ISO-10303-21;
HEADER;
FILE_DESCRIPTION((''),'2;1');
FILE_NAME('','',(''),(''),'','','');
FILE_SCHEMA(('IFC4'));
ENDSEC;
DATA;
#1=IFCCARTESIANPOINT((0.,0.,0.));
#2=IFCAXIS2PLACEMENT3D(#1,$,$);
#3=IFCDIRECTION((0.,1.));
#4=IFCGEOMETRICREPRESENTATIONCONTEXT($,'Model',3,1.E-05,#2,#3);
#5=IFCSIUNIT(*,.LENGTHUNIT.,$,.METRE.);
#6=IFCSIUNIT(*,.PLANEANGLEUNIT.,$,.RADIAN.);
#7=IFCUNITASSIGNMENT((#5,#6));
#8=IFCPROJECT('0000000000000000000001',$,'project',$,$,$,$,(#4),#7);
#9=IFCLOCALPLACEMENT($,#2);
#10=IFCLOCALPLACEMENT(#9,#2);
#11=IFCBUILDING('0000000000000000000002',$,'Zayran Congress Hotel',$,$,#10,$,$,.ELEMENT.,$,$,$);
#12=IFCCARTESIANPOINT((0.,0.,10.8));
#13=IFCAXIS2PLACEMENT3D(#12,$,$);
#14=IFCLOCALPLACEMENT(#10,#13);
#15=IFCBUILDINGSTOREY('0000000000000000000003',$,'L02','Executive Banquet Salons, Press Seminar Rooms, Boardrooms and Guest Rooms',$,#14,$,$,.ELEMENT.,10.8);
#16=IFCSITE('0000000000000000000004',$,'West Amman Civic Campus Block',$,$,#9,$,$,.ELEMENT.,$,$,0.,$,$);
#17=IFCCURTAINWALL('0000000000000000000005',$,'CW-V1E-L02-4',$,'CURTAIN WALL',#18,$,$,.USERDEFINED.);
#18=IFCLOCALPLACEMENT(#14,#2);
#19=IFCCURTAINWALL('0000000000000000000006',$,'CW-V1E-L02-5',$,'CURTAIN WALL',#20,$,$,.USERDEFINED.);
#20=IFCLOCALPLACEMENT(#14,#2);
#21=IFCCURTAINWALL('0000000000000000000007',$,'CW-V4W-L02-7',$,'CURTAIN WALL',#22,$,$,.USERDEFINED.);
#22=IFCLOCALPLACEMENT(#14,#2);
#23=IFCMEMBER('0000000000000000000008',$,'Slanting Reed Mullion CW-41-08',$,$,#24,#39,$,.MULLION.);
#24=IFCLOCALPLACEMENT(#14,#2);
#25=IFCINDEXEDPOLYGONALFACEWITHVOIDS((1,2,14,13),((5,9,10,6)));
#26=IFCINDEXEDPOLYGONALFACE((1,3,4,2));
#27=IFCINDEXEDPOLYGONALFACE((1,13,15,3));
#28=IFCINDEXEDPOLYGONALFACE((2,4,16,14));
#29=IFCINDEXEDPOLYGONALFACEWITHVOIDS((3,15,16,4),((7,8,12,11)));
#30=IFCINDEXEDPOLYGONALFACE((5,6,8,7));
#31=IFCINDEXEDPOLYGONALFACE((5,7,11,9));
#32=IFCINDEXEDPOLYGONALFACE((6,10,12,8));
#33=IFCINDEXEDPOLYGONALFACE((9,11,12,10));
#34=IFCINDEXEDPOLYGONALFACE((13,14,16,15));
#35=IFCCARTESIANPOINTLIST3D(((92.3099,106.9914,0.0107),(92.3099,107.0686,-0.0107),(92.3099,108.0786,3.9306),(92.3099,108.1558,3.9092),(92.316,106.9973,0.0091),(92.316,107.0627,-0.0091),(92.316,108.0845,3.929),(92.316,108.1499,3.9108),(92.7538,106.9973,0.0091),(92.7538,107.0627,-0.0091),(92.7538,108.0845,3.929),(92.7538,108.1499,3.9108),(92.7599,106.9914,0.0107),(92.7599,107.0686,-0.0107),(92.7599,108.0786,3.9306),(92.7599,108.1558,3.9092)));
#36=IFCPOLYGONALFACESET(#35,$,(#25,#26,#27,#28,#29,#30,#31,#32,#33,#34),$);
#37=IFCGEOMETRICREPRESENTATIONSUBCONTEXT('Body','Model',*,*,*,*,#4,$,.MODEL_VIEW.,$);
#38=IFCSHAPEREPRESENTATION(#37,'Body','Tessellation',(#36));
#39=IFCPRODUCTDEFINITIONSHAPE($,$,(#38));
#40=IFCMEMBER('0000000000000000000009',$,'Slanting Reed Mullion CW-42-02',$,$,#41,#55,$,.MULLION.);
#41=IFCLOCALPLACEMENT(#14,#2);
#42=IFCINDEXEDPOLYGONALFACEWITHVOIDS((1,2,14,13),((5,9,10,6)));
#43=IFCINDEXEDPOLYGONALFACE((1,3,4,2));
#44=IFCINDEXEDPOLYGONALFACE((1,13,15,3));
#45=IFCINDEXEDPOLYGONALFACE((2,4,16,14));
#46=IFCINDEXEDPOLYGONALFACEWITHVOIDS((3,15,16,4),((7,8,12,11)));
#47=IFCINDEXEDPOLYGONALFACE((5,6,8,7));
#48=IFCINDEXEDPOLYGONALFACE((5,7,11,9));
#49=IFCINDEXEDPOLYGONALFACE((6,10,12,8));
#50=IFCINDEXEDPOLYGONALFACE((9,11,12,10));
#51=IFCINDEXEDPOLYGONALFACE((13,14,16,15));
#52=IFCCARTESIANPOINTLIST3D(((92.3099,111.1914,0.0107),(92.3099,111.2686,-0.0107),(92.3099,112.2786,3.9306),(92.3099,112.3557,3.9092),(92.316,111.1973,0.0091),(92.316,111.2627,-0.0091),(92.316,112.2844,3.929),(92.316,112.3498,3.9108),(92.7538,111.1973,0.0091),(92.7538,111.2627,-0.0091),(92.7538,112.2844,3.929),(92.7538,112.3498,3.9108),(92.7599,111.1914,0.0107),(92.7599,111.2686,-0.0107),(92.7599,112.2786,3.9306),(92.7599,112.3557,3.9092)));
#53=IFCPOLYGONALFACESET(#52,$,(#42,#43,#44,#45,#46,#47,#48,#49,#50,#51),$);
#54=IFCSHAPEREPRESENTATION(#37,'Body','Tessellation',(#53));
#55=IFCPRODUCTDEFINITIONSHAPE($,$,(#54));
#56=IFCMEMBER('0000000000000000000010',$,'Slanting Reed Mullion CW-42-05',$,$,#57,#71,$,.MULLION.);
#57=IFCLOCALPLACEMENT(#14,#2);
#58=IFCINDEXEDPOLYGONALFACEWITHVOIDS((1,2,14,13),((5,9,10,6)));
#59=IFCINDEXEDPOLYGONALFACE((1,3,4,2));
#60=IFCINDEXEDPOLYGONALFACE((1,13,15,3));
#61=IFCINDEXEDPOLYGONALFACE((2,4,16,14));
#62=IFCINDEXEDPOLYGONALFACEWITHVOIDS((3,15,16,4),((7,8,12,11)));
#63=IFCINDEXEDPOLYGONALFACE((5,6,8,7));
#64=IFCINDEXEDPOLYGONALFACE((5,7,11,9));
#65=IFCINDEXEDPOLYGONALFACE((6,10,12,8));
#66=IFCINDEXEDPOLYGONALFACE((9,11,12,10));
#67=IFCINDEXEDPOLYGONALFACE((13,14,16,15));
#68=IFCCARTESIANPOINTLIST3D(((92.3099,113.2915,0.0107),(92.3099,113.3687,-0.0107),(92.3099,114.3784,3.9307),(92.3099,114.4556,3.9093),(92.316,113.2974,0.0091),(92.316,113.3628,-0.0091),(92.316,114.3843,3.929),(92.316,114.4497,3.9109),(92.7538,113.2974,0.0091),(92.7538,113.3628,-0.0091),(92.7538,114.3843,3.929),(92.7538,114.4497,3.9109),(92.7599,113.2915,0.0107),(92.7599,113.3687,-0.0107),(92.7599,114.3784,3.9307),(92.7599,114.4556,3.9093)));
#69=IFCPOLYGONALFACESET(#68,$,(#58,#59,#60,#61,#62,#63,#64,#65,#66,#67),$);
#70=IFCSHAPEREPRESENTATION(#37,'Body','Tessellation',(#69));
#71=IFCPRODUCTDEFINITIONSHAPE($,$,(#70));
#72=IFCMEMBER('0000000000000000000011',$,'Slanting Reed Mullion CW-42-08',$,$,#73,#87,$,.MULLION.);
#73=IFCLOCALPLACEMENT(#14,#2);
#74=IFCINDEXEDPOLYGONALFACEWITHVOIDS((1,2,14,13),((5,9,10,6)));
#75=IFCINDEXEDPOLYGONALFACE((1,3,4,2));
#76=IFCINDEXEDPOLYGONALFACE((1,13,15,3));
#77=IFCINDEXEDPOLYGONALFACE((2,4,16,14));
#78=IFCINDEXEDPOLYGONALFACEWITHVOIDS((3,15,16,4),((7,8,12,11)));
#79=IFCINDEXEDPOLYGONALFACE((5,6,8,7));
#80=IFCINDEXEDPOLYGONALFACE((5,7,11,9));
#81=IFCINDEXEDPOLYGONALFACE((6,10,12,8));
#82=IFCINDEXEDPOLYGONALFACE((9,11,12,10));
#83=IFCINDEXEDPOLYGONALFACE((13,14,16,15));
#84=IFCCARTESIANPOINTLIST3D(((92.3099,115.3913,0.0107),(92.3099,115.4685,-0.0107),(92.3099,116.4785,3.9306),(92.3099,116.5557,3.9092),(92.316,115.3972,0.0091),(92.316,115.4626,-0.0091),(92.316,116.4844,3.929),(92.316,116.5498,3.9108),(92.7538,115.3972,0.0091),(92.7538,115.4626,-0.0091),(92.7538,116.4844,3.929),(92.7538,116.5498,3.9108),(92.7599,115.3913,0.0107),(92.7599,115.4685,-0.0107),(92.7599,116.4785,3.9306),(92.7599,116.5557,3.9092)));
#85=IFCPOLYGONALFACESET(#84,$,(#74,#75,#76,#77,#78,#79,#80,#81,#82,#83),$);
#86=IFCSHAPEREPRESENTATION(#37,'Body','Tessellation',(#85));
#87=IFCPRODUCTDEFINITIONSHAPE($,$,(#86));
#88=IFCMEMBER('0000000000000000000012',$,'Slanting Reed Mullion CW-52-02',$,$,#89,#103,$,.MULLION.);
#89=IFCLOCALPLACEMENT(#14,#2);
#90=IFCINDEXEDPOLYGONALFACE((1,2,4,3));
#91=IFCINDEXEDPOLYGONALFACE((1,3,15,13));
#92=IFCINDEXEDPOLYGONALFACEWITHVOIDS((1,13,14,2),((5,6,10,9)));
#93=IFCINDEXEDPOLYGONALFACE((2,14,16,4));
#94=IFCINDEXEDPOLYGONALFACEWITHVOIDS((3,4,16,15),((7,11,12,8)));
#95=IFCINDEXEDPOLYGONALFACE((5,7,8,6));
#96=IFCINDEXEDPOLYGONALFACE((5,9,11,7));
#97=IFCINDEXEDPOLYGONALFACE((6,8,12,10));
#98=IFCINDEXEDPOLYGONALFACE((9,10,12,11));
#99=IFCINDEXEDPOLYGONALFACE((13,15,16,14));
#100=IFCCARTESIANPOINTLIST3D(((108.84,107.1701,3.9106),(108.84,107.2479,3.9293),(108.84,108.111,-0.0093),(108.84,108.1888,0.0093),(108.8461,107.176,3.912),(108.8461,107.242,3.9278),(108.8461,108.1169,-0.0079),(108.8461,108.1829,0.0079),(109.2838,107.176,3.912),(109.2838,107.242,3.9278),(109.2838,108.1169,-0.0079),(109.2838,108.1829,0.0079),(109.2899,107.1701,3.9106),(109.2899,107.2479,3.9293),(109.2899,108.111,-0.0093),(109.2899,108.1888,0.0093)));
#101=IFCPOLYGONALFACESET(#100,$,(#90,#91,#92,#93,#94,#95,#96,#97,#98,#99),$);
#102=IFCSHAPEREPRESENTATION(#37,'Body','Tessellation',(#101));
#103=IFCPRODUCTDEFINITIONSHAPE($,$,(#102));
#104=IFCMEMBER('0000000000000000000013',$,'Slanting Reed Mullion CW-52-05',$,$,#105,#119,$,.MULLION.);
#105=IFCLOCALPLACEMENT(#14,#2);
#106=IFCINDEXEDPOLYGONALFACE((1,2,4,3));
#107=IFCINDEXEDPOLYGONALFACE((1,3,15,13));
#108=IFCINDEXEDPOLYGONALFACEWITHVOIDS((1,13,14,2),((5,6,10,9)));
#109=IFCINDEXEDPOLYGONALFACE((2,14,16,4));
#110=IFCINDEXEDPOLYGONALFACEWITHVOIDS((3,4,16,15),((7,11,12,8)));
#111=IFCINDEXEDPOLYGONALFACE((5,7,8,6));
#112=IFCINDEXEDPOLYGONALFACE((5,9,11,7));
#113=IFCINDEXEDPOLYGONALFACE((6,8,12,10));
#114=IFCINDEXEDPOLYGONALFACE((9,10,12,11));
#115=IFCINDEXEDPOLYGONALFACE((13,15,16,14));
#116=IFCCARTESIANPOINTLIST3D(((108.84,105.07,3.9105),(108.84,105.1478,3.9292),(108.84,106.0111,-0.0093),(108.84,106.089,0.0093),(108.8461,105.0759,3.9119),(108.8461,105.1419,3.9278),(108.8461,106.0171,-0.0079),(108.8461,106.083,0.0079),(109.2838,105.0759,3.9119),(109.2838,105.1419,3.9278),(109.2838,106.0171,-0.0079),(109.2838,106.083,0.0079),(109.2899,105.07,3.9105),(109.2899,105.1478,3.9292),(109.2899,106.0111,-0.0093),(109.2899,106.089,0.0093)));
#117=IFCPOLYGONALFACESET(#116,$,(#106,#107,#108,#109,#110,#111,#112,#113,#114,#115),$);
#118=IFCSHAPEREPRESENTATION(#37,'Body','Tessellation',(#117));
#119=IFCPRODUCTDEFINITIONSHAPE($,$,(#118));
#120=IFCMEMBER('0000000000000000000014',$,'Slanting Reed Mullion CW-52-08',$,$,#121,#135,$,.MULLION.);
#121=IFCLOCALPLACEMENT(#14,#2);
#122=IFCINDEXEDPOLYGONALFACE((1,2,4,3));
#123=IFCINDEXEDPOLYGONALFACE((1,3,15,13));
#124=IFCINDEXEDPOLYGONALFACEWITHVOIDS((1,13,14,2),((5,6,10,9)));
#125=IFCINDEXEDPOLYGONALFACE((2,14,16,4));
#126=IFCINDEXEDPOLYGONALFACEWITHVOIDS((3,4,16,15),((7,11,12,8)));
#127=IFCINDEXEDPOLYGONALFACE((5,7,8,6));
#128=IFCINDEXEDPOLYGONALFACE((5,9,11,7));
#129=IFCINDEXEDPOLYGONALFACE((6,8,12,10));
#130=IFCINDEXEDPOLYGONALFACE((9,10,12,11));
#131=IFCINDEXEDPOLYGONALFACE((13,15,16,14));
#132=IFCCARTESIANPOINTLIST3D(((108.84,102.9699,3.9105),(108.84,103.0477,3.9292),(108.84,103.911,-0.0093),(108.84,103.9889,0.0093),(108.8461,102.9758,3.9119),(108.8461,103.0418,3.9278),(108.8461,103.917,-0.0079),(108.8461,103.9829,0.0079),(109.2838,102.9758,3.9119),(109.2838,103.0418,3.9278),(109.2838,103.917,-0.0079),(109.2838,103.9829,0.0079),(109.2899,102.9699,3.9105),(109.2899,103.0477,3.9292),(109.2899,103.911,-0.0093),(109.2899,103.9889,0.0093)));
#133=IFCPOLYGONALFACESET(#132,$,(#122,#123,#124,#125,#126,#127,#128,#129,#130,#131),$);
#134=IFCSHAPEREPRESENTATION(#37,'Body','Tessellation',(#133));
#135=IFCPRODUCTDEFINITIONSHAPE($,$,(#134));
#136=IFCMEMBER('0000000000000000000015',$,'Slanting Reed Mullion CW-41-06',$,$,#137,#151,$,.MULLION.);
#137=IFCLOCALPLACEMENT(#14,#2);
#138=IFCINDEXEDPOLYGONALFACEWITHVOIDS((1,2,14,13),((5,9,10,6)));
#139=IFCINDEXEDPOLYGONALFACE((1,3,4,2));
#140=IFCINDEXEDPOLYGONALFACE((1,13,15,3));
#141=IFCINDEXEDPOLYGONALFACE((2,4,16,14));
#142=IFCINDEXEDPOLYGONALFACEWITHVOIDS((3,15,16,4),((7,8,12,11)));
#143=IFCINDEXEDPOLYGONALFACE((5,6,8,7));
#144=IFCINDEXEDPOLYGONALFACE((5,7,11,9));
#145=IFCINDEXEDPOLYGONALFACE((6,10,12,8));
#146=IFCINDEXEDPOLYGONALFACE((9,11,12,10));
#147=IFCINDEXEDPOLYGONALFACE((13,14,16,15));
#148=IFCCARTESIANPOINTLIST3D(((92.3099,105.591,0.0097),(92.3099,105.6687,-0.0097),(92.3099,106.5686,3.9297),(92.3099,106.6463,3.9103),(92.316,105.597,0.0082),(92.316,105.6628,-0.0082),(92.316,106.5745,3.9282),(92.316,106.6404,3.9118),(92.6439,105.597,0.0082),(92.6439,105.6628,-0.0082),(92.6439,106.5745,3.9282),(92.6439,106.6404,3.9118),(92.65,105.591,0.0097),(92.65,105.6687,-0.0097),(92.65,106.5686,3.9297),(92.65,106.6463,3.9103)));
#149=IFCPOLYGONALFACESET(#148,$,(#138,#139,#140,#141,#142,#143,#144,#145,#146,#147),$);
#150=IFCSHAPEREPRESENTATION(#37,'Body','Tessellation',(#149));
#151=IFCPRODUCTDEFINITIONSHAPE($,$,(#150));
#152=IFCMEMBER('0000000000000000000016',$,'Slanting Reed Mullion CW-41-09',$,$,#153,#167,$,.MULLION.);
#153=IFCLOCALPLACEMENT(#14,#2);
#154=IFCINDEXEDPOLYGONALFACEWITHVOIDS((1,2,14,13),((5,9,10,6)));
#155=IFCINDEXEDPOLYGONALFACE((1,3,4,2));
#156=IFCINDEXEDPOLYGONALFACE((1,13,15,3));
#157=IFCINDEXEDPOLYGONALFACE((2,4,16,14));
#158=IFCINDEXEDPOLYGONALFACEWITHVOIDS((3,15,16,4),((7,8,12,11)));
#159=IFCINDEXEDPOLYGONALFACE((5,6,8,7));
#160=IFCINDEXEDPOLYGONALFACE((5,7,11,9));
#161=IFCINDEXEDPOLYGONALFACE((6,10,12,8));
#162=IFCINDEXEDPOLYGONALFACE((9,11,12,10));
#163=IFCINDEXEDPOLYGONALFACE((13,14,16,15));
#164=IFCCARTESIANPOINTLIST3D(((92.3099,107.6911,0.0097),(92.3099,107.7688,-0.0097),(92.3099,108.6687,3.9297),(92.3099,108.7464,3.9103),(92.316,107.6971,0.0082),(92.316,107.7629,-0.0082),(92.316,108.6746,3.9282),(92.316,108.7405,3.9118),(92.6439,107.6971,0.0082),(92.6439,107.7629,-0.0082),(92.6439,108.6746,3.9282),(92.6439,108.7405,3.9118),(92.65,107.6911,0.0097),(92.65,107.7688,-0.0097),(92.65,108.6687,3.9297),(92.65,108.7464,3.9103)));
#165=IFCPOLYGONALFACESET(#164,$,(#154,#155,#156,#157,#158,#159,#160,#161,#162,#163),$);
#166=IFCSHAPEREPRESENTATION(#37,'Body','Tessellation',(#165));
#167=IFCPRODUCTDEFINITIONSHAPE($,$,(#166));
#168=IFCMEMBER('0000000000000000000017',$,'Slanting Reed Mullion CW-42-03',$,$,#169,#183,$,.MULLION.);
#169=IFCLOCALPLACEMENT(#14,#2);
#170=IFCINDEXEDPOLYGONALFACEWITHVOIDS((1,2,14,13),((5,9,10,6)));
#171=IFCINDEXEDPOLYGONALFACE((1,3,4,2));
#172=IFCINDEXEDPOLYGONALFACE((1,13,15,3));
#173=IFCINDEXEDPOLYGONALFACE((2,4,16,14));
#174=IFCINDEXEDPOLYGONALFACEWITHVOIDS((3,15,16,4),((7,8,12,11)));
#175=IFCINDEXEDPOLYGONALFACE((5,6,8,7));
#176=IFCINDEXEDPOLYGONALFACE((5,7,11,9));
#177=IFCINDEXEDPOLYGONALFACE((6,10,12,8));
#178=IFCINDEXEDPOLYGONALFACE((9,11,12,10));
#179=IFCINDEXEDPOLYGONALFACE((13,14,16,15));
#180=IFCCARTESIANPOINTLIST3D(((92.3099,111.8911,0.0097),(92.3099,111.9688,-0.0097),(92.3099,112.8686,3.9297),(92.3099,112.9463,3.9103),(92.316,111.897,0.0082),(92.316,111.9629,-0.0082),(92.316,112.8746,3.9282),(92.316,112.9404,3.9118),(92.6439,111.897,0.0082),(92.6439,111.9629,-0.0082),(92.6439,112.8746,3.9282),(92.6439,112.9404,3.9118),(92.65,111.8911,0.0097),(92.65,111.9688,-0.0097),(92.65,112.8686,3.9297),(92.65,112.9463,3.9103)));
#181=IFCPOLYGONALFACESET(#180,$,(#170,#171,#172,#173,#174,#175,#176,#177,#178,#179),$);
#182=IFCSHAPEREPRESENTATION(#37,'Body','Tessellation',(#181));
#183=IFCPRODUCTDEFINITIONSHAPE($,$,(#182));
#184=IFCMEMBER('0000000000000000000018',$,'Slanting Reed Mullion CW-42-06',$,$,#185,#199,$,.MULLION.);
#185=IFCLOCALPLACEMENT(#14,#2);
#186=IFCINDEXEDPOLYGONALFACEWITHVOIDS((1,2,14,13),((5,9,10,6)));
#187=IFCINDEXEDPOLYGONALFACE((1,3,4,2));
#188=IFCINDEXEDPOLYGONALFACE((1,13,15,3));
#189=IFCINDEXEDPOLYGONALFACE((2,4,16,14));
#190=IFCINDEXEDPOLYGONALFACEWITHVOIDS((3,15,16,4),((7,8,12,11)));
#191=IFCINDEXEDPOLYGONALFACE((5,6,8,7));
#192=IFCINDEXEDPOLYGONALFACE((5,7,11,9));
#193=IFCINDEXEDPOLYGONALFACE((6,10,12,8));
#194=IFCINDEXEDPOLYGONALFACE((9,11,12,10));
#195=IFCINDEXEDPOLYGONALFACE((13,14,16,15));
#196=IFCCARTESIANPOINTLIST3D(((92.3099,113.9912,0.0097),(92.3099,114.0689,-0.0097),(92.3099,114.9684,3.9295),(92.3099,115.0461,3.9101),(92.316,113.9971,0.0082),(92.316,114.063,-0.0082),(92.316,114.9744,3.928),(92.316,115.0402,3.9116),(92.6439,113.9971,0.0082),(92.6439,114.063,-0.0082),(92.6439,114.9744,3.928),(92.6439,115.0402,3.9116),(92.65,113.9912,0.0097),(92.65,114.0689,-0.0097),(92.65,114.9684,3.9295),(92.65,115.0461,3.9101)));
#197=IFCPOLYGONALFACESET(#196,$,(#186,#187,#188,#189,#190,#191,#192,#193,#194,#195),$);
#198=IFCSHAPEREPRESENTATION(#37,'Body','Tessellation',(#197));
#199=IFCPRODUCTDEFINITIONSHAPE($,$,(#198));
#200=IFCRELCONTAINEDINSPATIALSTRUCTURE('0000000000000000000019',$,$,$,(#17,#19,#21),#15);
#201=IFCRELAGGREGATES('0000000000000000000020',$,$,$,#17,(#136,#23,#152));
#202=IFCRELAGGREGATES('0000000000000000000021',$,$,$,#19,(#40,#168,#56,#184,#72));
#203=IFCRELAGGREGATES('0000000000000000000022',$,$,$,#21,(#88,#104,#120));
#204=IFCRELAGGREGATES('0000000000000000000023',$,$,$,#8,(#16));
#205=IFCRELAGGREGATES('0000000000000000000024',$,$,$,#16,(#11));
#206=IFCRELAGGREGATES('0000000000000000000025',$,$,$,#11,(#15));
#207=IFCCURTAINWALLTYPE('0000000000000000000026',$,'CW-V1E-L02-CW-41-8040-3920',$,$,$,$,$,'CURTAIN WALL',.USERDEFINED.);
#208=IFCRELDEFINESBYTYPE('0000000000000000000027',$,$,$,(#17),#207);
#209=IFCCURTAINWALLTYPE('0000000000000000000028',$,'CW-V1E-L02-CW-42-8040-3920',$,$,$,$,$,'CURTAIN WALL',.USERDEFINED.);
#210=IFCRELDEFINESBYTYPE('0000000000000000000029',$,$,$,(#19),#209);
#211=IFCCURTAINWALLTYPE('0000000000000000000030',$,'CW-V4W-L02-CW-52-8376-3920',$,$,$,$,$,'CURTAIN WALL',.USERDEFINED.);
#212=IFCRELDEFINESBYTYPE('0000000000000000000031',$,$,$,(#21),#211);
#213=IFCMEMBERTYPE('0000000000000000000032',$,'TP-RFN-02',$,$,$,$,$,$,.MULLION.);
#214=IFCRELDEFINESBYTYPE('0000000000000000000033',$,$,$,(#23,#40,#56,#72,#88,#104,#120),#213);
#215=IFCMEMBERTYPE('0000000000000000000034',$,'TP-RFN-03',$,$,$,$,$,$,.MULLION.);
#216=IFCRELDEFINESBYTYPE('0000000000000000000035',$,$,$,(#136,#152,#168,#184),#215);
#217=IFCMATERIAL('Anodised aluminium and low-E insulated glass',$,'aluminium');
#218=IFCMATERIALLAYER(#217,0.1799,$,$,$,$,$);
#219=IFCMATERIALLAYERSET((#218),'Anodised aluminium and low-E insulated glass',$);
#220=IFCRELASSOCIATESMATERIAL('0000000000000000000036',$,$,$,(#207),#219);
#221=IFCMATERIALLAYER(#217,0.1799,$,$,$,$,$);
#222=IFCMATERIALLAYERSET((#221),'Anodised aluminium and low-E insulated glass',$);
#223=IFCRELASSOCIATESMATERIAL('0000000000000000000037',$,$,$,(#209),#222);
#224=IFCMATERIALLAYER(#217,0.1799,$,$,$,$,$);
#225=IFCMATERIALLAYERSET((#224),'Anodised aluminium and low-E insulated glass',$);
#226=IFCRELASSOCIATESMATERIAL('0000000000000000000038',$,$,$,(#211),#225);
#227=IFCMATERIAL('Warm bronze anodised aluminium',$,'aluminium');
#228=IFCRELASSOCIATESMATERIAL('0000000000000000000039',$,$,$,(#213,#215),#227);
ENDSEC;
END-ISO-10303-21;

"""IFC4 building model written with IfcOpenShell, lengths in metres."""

from ifc_helpers import new_model, si_unit, direction, frame, origin, origin_2d, place, context, subcontext, project, spatial, hollow_rectangle, extrude, material, layer, layer_set, material_profile, profile_set, type_object, element, aggregate, save


model = new_model("IFC4")

# Units and contexts
model_context = context("Model", 3, precision=1e-05, world=origin(), true_north=direction((0.0, 1.0)))
body_context = subcontext(model_context, "Body", "Model", "MODEL_VIEW")
ifc_project = project(units=[si_unit("LENGTHUNIT", "METRE"), si_unit("PLANEANGLEUNIT", "RADIAN")], contexts=[model_context])

# Site, building, storey
site_placement = place(None, origin())
site = spatial("IfcSite", under=ifc_project, at=site_placement, Name="West Amman Civic Campus Block", CompositionType="ELEMENT", RefElevation=0.0)
building_placement = place(site_placement, origin())
building = spatial("IfcBuilding", under=site, at=building_placement, Name="Zayran Congress Hotel", CompositionType="ELEMENT")
storey_placement = place(building_placement, frame((0.0, 0.0, 10.8)))
storey = spatial("IfcBuildingStorey", under=building, at=storey_placement, Name="L02", Description="Executive Banquet Salons, Press Seminar Rooms, Boardrooms and Guest Rooms", CompositionType="ELEMENT", Elevation=10.8)

# Curtain walls
ifc_material_1 = material(Name="Anodised aluminium and low-E insulated glass", Category="aluminium")
ifc_layer_1 = layer(ifc_material_1, 0.1799)
ifc_layer_set_1 = layer_set([ifc_layer_1], Name="Anodised aluminium and low-E insulated glass")
curtain_wall_type_1 = type_object("IfcCurtainWallType", Name="CW-V1E-L02-CW-41-8040-3920", ElementType="CURTAIN WALL", PredefinedType="USERDEFINED", material=ifc_layer_set_1)
curtain_wall_1_placement = place(storey_placement, origin())
curtain_wall_1 = element("IfcCurtainWall", 1, at=curtain_wall_1_placement, inside=storey, type_object=curtain_wall_type_1, Name="CW-V1E-L02-4", ObjectType="CURTAIN WALL", PredefinedType="USERDEFINED")
ifc_material_2 = material(Name="Warm bronze anodised aluminium", Category="aluminium")
ifc_layer_2 = layer(ifc_material_1, 0.1799)
ifc_layer_set_2 = layer_set([ifc_layer_2], Name="Anodised aluminium and low-E insulated glass")
curtain_wall_type_2 = type_object("IfcCurtainWallType", Name="CW-V1E-L02-CW-42-8040-3920", ElementType="CURTAIN WALL", PredefinedType="USERDEFINED", material=ifc_layer_set_2)
curtain_wall_2_placement = place(storey_placement, origin())
curtain_wall_2 = element("IfcCurtainWall", 2, at=curtain_wall_2_placement, inside=storey, type_object=curtain_wall_type_2, Name="CW-V1E-L02-5", ObjectType="CURTAIN WALL", PredefinedType="USERDEFINED")
ifc_layer_3 = layer(ifc_material_1, 0.1799)
ifc_layer_set_3 = layer_set([ifc_layer_3], Name="Anodised aluminium and low-E insulated glass")
curtain_wall_type_3 = type_object("IfcCurtainWallType", Name="CW-V4W-L02-CW-52-8376-3920", ElementType="CURTAIN WALL", PredefinedType="USERDEFINED", material=ifc_layer_set_3)
curtain_wall_3_placement = place(storey_placement, origin())
curtain_wall_3 = element("IfcCurtainWall", 3, at=curtain_wall_3_placement, inside=storey, type_object=curtain_wall_type_3, Name="CW-V4W-L02-7", ObjectType="CURTAIN WALL", PredefinedType="USERDEFINED")

# Members
ifc_material_profile_1 = material_profile(ifc_material_2, hollow_rectangle(XDim=0.0801, YDim=0.45, WallThickness=0.0061, at=origin_2d()), Name="RHS 450x80x6")
ifc_profile_set_1 = profile_set([ifc_material_profile_1], Name="Warm bronze anodised aluminium")
member_type_1 = type_object("IfcMemberType", Name="TP-RFN-02", PredefinedType="MULLION", material=ifc_profile_set_1)
member_1_placement = place(storey_placement, frame((92.5349, 107.03, 0.0), z_axis=(0.0, 0.267254, 0.963626), x_axis=(0.0, -0.963626, 0.267254)))
member_1 = element("IfcMember", 4, at=member_1_placement, type_object=member_type_1, Name="Slanting Reed Mullion CW-41-08", PredefinedType="MULLION", context=body_context, shape_type="SweptSolid", body=[
    extrude(hollow_rectangle(XDim=0.0801, YDim=0.45, WallThickness=0.0061, at=origin_2d()), origin(), (0.0, 0.0, 1.0), 4.0679),
])
member_2_placement = place(storey_placement, frame((92.5349, 111.23, 0.0), z_axis=(0.0, 0.267254, 0.963626), x_axis=(0.0, -0.963626, 0.267254)))
member_2 = element("IfcMember", 5, at=member_2_placement, type_object=member_type_1, Name="Slanting Reed Mullion CW-42-02", PredefinedType="MULLION", context=body_context, shape_type="SweptSolid", body=[
    extrude(hollow_rectangle(XDim=0.0801, YDim=0.45, WallThickness=0.0061, at=origin_2d()), origin(), (0.0, 0.0, 1.0), 4.0679),
])
member_3_placement = place(storey_placement, frame((92.5349, 113.3301, 0.0), z_axis=(0.0, 0.267198, 0.963642), x_axis=(0.0, -0.963642, 0.267198)))
member_3 = element("IfcMember", 6, at=member_3_placement, type_object=member_type_1, Name="Slanting Reed Mullion CW-42-05", PredefinedType="MULLION", context=body_context, shape_type="SweptSolid", body=[
    extrude(hollow_rectangle(XDim=0.0801, YDim=0.45, WallThickness=0.0061, at=origin_2d()), origin(), (0.0, 0.0, 1.0), 4.0679),
])
member_4_placement = place(storey_placement, frame((92.5349, 115.4299, 0.0), z_axis=(0.0, 0.267254, 0.963626), x_axis=(0.0, -0.963626, 0.267254)))
member_4 = element("IfcMember", 7, at=member_4_placement, type_object=member_type_1, Name="Slanting Reed Mullion CW-42-08", PredefinedType="MULLION", context=body_context, shape_type="SweptSolid", body=[
    extrude(hollow_rectangle(XDim=0.0801, YDim=0.45, WallThickness=0.0061, at=origin_2d()), origin(), (0.0, 0.0, 1.0), 4.0679),
])
member_5_placement = place(storey_placement, frame((109.0649, 108.1499, 0.0), z_axis=(0.0, -0.233405, 0.97238), x_axis=(0.0, 0.97238, 0.233405)))
member_5 = element("IfcMember", 8, at=member_5_placement, type_object=member_type_1, Name="Slanting Reed Mullion CW-52-02", PredefinedType="MULLION", context=body_context, shape_type="SweptSolid", body=[
    extrude(hollow_rectangle(XDim=0.0801, YDim=0.45, WallThickness=0.0061, at=origin_2d()), origin(), (0.0, 0.0, 1.0), 4.0312),
])
member_6_placement = place(storey_placement, frame((109.0649, 106.05, 0.0), z_axis=(0.0, -0.233462, 0.972366), x_axis=(0.0, 0.972366, 0.233462)))
member_6 = element("IfcMember", 9, at=member_6_placement, type_object=member_type_1, Name="Slanting Reed Mullion CW-52-05", PredefinedType="MULLION", context=body_context, shape_type="SweptSolid", body=[
    extrude(hollow_rectangle(XDim=0.0801, YDim=0.45, WallThickness=0.0061, at=origin_2d()), origin(), (0.0, 0.0, 1.0), 4.0312),
])
member_7_placement = place(storey_placement, frame((109.0649, 103.95, 0.0), z_axis=(0.0, -0.233462, 0.972366), x_axis=(0.0, 0.972366, 0.233462)))
member_7 = element("IfcMember", 10, at=member_7_placement, type_object=member_type_1, Name="Slanting Reed Mullion CW-52-08", PredefinedType="MULLION", context=body_context, shape_type="SweptSolid", body=[
    extrude(hollow_rectangle(XDim=0.0801, YDim=0.45, WallThickness=0.0061, at=origin_2d()), origin(), (0.0, 0.0, 1.0), 4.0312),
])
ifc_material_profile_2 = material_profile(ifc_material_2, hollow_rectangle(XDim=0.0801, YDim=0.3401, WallThickness=0.0061, at=origin_2d()), Name="RHS 340x80x6")
ifc_profile_set_2 = profile_set([ifc_material_profile_2], Name="Warm bronze anodised aluminium")
member_type_2 = type_object("IfcMemberType", Name="TP-RFN-03", PredefinedType="MULLION", material=ifc_profile_set_2)
member_8_placement = place(storey_placement, frame((92.48, 105.6299, 0.0), z_axis=(0.0, 0.241967, 0.970285), x_axis=(0.0, -0.970285, 0.241967)))
member_8 = element("IfcMember", 11, at=member_8_placement, type_object=member_type_2, Name="Slanting Reed Mullion CW-41-06", PredefinedType="MULLION", context=body_context, shape_type="SweptSolid", body=[
    extrude(hollow_rectangle(XDim=0.0801, YDim=0.3401, WallThickness=0.0061, at=origin_2d()), origin(), (0.0, 0.0, 1.0), 4.04),
])
member_9_placement = place(storey_placement, frame((92.48, 107.73, 0.0), z_axis=(0.0, 0.241967, 0.970285), x_axis=(0.0, -0.970285, 0.241967)))
member_9 = element("IfcMember", 12, at=member_9_placement, type_object=member_type_2, Name="Slanting Reed Mullion CW-41-09", PredefinedType="MULLION", context=body_context, shape_type="SweptSolid", body=[
    extrude(hollow_rectangle(XDim=0.0801, YDim=0.3401, WallThickness=0.0061, at=origin_2d()), origin(), (0.0, 0.0, 1.0), 4.04),
])
aggregate(curtain_wall_1, [member_8, member_1, member_9])
member_10_placement = place(storey_placement, frame((92.48, 111.9299, 0.0), z_axis=(0.0, 0.241967, 0.970285), x_axis=(0.0, -0.970285, 0.241967)))
member_10 = element("IfcMember", 13, at=member_10_placement, type_object=member_type_2, Name="Slanting Reed Mullion CW-42-03", PredefinedType="MULLION", context=body_context, shape_type="SweptSolid", body=[
    extrude(hollow_rectangle(XDim=0.0801, YDim=0.3401, WallThickness=0.0061, at=origin_2d()), origin(), (0.0, 0.0, 1.0), 4.04),
])
member_11_placement = place(storey_placement, frame((92.48, 114.03, 0.0), z_axis=(0.0, 0.24191, 0.970299), x_axis=(0.0, -0.970299, 0.24191)))
member_11 = element("IfcMember", 14, at=member_11_placement, type_object=member_type_2, Name="Slanting Reed Mullion CW-42-06", PredefinedType="MULLION", context=body_context, shape_type="SweptSolid", body=[
    extrude(hollow_rectangle(XDim=0.0801, YDim=0.3401, WallThickness=0.0061, at=origin_2d()), origin(), (0.0, 0.0, 1.0), 4.0398),
])
aggregate(curtain_wall_2, [member_2, member_10, member_3, member_11, member_4])
aggregate(curtain_wall_3, [member_5, member_6, member_7])

save(model, "model.ifc")
